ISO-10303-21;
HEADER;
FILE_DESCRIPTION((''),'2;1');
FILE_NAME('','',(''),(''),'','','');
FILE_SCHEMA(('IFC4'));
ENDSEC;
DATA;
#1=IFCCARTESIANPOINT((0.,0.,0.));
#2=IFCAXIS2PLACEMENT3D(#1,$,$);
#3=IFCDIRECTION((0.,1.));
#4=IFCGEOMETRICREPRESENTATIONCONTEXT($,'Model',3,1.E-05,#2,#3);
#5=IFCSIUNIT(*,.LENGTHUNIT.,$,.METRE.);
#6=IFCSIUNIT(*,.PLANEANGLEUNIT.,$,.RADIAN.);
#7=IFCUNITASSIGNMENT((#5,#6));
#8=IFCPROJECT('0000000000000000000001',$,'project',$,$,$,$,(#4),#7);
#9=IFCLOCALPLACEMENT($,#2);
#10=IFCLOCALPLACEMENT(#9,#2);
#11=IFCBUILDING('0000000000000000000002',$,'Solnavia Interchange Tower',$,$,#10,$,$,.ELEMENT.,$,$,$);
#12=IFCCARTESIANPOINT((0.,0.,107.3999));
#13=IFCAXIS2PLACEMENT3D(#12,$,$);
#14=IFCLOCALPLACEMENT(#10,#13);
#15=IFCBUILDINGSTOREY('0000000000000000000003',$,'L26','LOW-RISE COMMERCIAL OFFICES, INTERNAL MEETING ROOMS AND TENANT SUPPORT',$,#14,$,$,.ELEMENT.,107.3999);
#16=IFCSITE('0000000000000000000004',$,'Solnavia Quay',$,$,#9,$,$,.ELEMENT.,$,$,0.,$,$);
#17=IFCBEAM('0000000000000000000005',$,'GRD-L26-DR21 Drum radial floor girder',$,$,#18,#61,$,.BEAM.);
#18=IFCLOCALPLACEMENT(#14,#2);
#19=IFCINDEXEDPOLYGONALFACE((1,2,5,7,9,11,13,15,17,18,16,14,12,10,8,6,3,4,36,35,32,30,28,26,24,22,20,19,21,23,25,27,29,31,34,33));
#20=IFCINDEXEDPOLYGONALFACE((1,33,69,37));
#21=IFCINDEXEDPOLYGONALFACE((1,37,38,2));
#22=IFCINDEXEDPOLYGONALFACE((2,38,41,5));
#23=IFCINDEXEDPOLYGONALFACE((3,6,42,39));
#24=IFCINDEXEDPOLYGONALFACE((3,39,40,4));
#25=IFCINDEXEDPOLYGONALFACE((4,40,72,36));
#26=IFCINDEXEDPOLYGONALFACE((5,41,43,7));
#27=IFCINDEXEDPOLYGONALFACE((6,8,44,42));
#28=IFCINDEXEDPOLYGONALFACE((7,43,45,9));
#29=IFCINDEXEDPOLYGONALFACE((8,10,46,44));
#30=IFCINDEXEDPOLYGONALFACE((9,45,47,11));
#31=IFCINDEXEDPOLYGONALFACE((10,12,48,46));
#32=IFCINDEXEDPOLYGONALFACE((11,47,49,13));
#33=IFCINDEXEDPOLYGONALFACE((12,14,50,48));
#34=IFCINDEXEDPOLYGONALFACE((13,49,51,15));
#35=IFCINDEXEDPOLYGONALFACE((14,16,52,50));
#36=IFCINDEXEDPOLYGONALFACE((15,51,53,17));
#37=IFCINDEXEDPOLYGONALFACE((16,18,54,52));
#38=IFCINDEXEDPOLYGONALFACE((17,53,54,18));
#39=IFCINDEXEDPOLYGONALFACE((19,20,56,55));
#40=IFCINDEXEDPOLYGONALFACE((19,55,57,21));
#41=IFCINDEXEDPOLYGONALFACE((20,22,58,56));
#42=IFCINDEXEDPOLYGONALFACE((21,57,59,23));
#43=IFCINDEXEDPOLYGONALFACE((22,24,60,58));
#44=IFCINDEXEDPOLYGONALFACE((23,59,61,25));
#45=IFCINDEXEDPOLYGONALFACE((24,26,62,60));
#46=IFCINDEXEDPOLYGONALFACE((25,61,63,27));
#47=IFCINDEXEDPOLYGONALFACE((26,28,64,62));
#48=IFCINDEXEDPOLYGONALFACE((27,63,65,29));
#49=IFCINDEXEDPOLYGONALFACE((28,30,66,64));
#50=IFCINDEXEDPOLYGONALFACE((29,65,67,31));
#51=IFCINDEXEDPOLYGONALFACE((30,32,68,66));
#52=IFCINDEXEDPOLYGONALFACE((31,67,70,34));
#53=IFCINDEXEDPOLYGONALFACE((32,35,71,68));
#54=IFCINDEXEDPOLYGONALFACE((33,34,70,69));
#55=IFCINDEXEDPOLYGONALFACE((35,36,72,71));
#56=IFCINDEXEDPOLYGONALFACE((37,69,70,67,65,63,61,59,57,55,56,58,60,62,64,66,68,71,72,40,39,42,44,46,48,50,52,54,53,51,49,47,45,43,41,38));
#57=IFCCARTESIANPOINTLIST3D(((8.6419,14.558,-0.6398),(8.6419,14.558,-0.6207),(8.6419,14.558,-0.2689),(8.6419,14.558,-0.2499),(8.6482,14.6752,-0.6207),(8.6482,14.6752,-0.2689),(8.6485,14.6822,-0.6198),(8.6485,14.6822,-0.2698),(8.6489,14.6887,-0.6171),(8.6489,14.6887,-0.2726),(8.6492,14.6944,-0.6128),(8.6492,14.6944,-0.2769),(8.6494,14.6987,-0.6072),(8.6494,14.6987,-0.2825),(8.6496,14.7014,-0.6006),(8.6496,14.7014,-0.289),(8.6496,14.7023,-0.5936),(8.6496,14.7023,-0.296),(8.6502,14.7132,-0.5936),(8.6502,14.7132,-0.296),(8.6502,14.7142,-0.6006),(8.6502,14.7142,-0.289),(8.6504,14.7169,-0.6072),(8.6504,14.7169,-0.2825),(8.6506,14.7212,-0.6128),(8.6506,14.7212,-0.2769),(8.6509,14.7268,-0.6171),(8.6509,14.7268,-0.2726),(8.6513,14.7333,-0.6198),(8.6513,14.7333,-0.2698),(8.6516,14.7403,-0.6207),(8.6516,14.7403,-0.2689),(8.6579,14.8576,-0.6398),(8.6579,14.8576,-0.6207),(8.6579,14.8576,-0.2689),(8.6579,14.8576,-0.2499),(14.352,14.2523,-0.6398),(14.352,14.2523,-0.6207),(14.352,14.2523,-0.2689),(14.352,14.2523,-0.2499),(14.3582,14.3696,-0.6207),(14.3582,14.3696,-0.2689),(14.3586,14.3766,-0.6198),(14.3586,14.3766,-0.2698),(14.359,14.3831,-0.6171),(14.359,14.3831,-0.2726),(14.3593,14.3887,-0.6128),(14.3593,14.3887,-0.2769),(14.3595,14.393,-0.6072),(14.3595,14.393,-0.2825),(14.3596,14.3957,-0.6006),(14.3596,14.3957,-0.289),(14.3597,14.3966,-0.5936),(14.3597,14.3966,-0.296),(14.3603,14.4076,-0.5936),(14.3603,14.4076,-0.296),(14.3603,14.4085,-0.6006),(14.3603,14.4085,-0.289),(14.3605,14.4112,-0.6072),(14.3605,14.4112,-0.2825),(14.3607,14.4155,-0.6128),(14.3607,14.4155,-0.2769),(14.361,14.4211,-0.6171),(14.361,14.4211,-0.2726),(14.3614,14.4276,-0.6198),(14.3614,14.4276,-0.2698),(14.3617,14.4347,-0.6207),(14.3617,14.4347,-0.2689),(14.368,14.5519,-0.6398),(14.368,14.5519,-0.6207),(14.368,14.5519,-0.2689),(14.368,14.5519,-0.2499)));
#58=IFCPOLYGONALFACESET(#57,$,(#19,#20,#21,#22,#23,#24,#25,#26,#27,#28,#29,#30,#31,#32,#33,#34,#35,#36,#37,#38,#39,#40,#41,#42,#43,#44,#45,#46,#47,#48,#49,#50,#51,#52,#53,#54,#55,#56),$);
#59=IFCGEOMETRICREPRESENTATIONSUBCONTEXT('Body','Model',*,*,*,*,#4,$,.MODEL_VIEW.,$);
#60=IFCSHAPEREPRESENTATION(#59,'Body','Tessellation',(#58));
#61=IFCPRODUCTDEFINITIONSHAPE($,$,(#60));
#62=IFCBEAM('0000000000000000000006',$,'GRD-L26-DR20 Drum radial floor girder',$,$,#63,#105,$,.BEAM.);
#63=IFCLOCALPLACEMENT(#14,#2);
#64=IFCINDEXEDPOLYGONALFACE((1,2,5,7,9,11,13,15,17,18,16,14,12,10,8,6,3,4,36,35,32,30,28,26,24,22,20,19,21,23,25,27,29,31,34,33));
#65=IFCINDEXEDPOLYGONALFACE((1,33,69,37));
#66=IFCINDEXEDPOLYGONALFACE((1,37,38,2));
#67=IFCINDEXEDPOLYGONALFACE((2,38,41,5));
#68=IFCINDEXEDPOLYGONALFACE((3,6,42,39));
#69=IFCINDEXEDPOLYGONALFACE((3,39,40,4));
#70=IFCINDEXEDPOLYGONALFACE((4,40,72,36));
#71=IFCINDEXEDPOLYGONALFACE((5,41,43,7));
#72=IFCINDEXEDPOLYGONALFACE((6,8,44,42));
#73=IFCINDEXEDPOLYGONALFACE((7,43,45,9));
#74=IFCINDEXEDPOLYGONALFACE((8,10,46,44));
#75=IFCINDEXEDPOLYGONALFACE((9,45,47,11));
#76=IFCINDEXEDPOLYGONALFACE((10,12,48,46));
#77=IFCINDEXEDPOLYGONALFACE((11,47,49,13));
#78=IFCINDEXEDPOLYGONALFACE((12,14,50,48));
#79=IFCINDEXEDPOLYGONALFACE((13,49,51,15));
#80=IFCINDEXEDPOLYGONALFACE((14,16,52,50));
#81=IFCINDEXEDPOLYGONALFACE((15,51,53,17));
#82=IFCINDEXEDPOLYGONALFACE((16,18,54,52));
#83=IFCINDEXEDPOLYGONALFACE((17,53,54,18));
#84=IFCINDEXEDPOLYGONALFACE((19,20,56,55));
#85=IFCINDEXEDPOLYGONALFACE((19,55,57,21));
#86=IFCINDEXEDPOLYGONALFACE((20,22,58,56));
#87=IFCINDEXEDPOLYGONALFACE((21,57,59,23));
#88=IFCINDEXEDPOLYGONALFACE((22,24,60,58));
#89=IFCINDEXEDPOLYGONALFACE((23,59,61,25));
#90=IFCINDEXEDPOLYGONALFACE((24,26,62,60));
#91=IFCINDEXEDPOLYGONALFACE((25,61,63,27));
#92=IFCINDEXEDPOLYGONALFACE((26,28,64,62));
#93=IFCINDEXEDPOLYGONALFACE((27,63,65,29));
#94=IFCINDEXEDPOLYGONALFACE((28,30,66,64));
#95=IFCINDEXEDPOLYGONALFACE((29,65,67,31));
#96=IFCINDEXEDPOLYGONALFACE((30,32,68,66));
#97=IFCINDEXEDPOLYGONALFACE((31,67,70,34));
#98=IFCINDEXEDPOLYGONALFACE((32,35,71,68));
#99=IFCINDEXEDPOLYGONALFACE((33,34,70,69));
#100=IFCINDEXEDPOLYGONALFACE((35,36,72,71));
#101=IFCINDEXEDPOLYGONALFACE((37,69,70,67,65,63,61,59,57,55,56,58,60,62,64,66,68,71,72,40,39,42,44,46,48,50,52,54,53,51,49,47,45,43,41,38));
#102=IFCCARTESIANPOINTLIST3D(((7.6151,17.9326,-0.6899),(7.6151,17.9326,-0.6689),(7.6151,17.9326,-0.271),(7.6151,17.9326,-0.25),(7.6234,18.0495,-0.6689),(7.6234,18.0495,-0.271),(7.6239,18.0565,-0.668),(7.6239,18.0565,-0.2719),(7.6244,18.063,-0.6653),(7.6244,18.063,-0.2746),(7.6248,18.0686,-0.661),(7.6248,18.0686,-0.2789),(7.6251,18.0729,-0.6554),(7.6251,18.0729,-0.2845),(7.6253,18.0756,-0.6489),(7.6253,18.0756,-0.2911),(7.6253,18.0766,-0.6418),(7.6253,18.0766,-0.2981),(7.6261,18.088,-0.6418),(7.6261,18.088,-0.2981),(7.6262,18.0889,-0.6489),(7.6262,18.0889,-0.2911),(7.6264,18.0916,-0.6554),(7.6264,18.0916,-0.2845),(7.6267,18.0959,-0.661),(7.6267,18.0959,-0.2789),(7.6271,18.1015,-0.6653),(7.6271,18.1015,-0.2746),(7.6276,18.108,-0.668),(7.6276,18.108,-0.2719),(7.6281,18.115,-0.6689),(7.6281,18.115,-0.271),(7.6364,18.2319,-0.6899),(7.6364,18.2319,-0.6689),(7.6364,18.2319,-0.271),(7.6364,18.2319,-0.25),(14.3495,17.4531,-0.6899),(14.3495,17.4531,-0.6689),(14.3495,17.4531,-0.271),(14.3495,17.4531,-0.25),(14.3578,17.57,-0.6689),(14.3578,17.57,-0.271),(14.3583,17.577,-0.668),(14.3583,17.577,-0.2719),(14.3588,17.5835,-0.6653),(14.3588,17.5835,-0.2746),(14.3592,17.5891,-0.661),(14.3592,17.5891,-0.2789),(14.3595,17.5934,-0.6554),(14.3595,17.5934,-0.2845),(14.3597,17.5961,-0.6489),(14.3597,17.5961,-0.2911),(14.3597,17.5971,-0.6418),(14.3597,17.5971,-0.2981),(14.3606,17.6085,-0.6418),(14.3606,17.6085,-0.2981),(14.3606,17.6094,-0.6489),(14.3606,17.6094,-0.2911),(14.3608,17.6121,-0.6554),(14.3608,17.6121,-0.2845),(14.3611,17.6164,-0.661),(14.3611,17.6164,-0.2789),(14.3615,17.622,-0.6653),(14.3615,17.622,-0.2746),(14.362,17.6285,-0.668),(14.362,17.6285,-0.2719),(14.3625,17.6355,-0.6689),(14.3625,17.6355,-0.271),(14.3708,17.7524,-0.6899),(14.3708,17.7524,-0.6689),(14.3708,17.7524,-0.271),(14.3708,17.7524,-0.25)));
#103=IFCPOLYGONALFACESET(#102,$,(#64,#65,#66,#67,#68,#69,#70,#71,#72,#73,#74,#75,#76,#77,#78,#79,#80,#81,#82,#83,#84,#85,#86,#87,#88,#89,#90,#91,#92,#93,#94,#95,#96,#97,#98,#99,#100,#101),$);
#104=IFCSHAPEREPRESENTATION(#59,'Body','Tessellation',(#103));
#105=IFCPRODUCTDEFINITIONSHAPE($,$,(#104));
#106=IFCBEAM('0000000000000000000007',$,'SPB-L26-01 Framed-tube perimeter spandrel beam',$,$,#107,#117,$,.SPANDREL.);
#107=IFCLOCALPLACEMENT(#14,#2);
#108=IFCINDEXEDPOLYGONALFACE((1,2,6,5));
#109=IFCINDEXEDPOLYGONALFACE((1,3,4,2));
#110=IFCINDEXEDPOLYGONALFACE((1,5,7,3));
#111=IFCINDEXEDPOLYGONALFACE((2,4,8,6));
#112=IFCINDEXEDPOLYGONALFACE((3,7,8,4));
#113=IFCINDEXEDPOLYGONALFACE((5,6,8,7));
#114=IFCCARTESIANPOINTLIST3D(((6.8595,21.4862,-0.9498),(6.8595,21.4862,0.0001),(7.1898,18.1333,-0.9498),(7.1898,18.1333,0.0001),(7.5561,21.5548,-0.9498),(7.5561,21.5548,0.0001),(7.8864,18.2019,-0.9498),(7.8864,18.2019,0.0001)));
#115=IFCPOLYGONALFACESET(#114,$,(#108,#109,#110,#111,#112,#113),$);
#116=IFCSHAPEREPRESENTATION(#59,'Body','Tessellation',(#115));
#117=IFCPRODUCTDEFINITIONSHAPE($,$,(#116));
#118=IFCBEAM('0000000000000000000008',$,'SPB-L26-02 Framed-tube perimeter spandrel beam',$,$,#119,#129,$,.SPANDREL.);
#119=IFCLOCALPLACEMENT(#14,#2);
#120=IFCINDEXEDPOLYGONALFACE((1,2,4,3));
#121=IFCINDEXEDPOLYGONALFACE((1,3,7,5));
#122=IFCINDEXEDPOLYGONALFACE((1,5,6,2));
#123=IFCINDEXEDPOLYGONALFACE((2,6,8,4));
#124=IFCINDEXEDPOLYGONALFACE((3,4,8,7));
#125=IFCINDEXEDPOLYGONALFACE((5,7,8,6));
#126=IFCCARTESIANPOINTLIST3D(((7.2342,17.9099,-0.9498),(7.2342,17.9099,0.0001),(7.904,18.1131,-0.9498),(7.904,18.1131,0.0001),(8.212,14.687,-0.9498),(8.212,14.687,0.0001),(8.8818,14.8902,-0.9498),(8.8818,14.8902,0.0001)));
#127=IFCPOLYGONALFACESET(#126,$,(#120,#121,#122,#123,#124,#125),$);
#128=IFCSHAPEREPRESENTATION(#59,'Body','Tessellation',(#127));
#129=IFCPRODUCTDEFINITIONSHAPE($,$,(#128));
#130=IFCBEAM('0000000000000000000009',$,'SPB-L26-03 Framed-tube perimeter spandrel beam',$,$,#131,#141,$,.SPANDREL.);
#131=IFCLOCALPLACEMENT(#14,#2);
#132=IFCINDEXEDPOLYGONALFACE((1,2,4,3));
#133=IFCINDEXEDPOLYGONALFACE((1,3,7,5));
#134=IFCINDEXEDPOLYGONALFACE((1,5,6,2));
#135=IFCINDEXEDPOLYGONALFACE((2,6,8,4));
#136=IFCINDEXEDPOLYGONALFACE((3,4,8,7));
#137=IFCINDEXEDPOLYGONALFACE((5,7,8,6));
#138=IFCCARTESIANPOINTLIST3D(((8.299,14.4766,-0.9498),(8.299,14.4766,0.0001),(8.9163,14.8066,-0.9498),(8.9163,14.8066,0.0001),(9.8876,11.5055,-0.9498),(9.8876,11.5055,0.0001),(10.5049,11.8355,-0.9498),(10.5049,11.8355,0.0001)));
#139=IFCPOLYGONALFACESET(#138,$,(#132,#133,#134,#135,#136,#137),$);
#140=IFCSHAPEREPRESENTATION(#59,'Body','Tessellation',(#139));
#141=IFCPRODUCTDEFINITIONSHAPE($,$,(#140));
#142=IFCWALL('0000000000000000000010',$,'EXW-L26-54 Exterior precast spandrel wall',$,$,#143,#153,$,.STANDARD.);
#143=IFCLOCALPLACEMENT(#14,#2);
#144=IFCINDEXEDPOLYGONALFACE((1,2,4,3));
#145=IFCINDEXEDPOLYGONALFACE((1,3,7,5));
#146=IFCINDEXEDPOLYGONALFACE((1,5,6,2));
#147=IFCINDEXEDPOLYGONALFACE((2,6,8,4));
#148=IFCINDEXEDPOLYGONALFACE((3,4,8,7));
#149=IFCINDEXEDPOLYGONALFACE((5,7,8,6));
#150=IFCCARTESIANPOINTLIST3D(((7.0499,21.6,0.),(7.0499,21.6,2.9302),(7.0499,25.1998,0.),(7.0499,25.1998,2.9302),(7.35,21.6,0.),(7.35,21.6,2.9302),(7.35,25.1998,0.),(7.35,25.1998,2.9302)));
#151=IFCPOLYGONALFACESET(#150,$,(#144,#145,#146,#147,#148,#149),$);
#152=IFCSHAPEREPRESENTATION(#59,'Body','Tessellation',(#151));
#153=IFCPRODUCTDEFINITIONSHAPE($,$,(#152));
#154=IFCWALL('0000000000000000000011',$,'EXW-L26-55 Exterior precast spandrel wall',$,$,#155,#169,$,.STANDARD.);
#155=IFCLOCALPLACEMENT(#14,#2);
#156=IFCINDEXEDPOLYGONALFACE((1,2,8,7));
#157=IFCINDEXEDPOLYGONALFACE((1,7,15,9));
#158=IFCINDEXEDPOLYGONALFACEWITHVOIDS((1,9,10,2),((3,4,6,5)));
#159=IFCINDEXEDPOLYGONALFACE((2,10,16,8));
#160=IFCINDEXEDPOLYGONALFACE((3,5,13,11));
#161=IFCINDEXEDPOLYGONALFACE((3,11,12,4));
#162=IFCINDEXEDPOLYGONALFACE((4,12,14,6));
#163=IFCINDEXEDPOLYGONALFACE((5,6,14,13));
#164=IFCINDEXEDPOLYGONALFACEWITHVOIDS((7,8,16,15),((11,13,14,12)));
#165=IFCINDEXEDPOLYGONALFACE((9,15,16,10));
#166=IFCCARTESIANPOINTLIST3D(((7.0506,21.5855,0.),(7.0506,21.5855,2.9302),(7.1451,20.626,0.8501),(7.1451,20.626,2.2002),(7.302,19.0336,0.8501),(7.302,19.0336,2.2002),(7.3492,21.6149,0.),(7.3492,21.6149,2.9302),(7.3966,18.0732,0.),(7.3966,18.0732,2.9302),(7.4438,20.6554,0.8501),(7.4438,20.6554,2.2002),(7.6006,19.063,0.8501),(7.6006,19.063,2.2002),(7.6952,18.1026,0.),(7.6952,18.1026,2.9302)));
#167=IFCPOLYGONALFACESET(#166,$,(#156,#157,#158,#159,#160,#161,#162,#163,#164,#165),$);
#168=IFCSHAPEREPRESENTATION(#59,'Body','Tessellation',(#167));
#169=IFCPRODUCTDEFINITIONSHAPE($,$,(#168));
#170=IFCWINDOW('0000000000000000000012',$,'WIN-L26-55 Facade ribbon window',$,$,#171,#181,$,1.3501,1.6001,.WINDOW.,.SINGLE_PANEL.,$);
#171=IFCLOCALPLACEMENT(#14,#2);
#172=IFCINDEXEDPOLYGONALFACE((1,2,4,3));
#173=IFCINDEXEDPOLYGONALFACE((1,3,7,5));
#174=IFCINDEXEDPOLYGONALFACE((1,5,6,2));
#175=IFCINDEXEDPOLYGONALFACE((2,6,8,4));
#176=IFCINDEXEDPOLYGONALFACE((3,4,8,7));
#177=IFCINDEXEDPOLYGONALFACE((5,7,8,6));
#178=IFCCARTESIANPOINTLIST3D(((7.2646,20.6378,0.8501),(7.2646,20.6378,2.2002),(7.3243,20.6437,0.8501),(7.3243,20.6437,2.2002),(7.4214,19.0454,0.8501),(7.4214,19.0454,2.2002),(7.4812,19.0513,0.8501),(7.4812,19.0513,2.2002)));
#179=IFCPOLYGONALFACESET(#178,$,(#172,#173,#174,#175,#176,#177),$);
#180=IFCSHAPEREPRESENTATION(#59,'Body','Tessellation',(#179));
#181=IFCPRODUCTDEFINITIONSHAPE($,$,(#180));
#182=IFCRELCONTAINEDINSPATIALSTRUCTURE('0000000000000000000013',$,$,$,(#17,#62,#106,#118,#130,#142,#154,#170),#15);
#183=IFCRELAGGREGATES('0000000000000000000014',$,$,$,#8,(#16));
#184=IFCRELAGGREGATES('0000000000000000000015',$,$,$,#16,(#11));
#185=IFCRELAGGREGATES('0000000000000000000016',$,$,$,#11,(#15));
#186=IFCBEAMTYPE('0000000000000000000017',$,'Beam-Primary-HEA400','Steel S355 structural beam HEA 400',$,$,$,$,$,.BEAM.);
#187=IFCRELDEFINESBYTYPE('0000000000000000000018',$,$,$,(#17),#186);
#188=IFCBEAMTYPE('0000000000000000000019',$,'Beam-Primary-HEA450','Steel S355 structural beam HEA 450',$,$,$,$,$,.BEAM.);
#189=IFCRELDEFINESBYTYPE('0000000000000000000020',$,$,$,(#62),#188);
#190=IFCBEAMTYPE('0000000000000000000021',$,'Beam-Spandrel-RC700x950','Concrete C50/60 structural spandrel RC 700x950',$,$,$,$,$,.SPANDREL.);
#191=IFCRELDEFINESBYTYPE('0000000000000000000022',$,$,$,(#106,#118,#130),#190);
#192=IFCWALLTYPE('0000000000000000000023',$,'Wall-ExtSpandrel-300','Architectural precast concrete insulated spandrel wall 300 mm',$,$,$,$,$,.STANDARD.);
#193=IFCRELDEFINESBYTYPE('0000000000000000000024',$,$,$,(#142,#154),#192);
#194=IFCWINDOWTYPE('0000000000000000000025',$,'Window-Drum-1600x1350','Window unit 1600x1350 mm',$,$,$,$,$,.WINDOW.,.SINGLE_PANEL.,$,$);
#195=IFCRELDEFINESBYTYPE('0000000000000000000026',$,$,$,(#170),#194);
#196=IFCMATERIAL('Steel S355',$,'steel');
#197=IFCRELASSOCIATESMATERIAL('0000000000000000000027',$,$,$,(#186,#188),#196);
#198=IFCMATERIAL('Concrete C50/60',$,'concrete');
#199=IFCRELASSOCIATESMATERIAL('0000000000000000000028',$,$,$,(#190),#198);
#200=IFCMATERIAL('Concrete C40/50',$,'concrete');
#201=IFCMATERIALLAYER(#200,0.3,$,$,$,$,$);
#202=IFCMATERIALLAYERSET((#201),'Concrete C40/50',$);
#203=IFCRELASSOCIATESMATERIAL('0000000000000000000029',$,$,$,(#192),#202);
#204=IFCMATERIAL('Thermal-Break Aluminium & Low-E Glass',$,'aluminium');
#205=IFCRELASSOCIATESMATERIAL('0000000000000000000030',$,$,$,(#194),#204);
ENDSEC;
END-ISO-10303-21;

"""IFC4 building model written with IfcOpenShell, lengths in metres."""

from ifc_helpers import new_model, si_unit, direction, frame, frame_2d, origin, origin_2d, place, context, subcontext, project, spatial, rectangle, i_section, extrude, material, layer, layer_set, material_profile, profile_set, type_object, element, fill, save


model = new_model("IFC4")

# Units and contexts
model_context = context("Model", 3, precision=1e-05, world=origin(), true_north=direction((0.0, 1.0)))
body_context = subcontext(model_context, "Body", "Model", "MODEL_VIEW")
ifc_project = project(units=[si_unit("LENGTHUNIT", "METRE"), si_unit("PLANEANGLEUNIT", "RADIAN")], contexts=[model_context])

# Site, building, storey
site_placement = place(None, origin())
site = spatial("IfcSite", under=ifc_project, at=site_placement, Name="Solnavia Quay", CompositionType="ELEMENT", RefElevation=0.0)
building_placement = place(site_placement, origin())
building = spatial("IfcBuilding", under=site, at=building_placement, Name="Solnavia Interchange Tower", CompositionType="ELEMENT")
storey_placement = place(building_placement, frame((0.0, 0.0, 107.3999)))
storey = spatial("IfcBuildingStorey", under=building, at=storey_placement, Name="L26", Description="LOW-RISE COMMERCIAL OFFICES, INTERNAL MEETING ROOMS AND TENANT SUPPORT", CompositionType="ELEMENT", Elevation=107.3999)

# Beams
ifc_material_1 = material(Name="Concrete C50/60", Category="concrete")
ifc_material_2 = material(Name="Steel S355", Category="steel")
ifc_material_profile_1 = material_profile(ifc_material_2, i_section(OverallWidth=0.3, OverallDepth=0.3899, WebThickness=0.011, FlangeThickness=0.019, FilletRadius=0.0271, at=origin_2d()), Name="HEA 400")
ifc_profile_set_1 = profile_set([ifc_material_profile_1], Name="Steel S355")
beam_type_1 = type_object("IfcBeamType", Name="Beam-Primary-HEA400", Description="Steel S355 structural beam HEA 400", PredefinedType="BEAM", material=ifc_profile_set_1)
beam_1_placement = place(storey_placement, frame((8.6499, 14.7078, -0.4448), z_axis=(0.99857, -0.053453, 0.0), x_axis=(0.053453, 0.99857, 0.0)))
element("IfcBeam", 1, at=beam_1_placement, inside=storey, type_object=beam_type_1, Name="GRD-L26-DR21 Drum radial floor girder", PredefinedType="BEAM", context=body_context, shape_type="SweptSolid", body=[
    extrude(i_section(OverallWidth=0.3, OverallDepth=0.3899, WebThickness=0.011, FlangeThickness=0.019, FilletRadius=0.0271, at=origin_2d()), origin(), (0.0, 0.0, 1.0), 5.7183),
])
ifc_material_profile_2 = material_profile(ifc_material_2, i_section(OverallWidth=0.3, OverallDepth=0.4399, WebThickness=0.0115, FlangeThickness=0.021, FilletRadius=0.0271, at=origin_2d()), Name="HEA 450")
ifc_profile_set_2 = profile_set([ifc_material_profile_2], Name="Steel S355")
beam_type_2 = type_object("IfcBeamType", Name="Beam-Primary-HEA450", Description="Steel S355 structural beam HEA 450", PredefinedType="BEAM", material=ifc_profile_set_2)
beam_2_placement = place(storey_placement, frame((7.6257, 18.0823, -0.47), z_axis=(0.997475, -0.071021, 0.0), x_axis=(0.071021, 0.997475, 0.0)))
element("IfcBeam", 2, at=beam_2_placement, inside=storey, type_object=beam_type_2, Name="GRD-L26-DR20 Drum radial floor girder", PredefinedType="BEAM", context=body_context, shape_type="SweptSolid", body=[
    extrude(i_section(OverallWidth=0.3, OverallDepth=0.4399, WebThickness=0.0115, FlangeThickness=0.021, FilletRadius=0.0271, at=origin_2d()), origin(), (0.0, 0.0, 1.0), 6.7515),
])
ifc_material_profile_3 = material_profile(ifc_material_1, rectangle(XDim=0.7, YDim=0.95, at=origin_2d()), Name="RC 700x950")
ifc_profile_set_3 = profile_set([ifc_material_profile_3], Name="Concrete C50/60")
beam_type_3 = type_object("IfcBeamType", Name="Beam-Spandrel-RC700x950", Description="Concrete C50/60 structural spandrel RC 700x950", PredefinedType="SPANDREL", material=ifc_profile_set_3)
beam_3_placement = place(storey_placement, frame((7.2078, 21.5205, -0.4749), z_axis=(0.09804, -0.995182, 0.0), x_axis=(0.995182, 0.09804, 0.0)))
element("IfcBeam", 3, at=beam_3_placement, inside=storey, type_object=beam_type_3, Name="SPB-L26-01 Framed-tube perimeter spandrel beam", PredefinedType="SPANDREL", context=body_context, shape_type="SweptSolid", body=[
    extrude(rectangle(XDim=0.7, YDim=0.95, at=origin_2d()), origin(), (0.0, 0.0, 1.0), 3.3691),
])
beam_4_placement = place(storey_placement, frame((7.5691, 18.0115, -0.4749), z_axis=(0.290319, -0.95693, 0.0), x_axis=(0.95693, 0.290319, 0.0)))
element("IfcBeam", 4, at=beam_4_placement, inside=storey, type_object=beam_type_3, Name="SPB-L26-02 Framed-tube perimeter spandrel beam", PredefinedType="SPANDREL", context=body_context, shape_type="SweptSolid", body=[
    extrude(rectangle(XDim=0.7, YDim=0.95, at=origin_2d()), origin(), (0.0, 0.0, 1.0), 3.3679),
])
beam_5_placement = place(storey_placement, frame((8.6077, 14.6416, -0.4749), z_axis=(0.471509, -0.881861, 0.0), x_axis=(0.881861, 0.471509, 0.0)))
element("IfcBeam", 5, at=beam_5_placement, inside=storey, type_object=beam_type_3, Name="SPB-L26-03 Framed-tube perimeter spandrel beam", PredefinedType="SPANDREL", context=body_context, shape_type="SweptSolid", body=[
    extrude(rectangle(XDim=0.7, YDim=0.95, at=origin_2d()), origin(), (0.0, 0.0, 1.0), 3.3691),
])

# Wall
ifc_material_3 = material(Name="Concrete C40/50", Category="concrete")
ifc_layer_1 = layer(ifc_material_3, 0.3)
ifc_layer_set_1 = layer_set([ifc_layer_1], Name="Concrete C40/50")
wall_type_1 = type_object("IfcWallType", Name="Wall-ExtSpandrel-300", Description="Architectural precast concrete insulated spandrel wall 300 mm", PredefinedType="STANDARD", material=ifc_layer_set_1)
wall_1_placement = place(storey_placement, frame((7.2, 21.6001, 0.0), z_axis=(0.0, 0.0, 1.0), x_axis=(0.0, 1.0, 0.0)))
element("IfcWall", 6, at=wall_1_placement, inside=storey, type_object=wall_type_1, Name="EXW-L26-54 Exterior precast spandrel wall", PredefinedType="STANDARD", context=body_context, shape_type="SweptSolid", body=[
    extrude(rectangle(XDim=3.5999, YDim=0.3, at=frame_2d((1.7998, 0.0))), origin(), (0.0, 0.0, 1.0), 2.9302),
])

# Wall, opening, window
wall_2_placement = place(storey_placement, frame((7.5459, 18.0879, 0.0), z_axis=(0.0, 0.0, 1.0), x_axis=(-0.098024, 0.995184, 0.0)))
wall_2 = element("IfcWall", 7, at=wall_2_placement, inside=storey, type_object=wall_type_1, Name="EXW-L26-55 Exterior precast spandrel wall", PredefinedType="STANDARD", context=body_context, shape_type="SweptSolid", body=[
    extrude(rectangle(XDim=3.5293, YDim=0.3, at=frame_2d((1.7646, 0.0))), origin(), (0.0, 0.0, 1.0), 2.9302),
])
opening_1_placement = place(wall_2_placement, frame((0.9651, 0.0, 0.8501)))
opening_1 = element("IfcOpeningElement", 8, at=opening_1_placement, cuts=wall_2, PredefinedType="OPENING", context=body_context, shape_type="SweptSolid", body=[
    extrude(rectangle(XDim=1.6001, YDim=1.3501, at=frame_2d((0.8, 0.675))), frame((0.0, 0.1602, 0.0), z_axis=(0.0, -1.0, 0.0), x_axis=(1.0, 0.0, 0.0)), (0.0, 0.0, 1.0), 0.3201),
])
ifc_material_4 = material(Name="Thermal-Break Aluminium & Low-E Glass", Category="aluminium")
window_type = type_object("IfcWindowType", Name="Window-Drum-1600x1350", Description="Window unit 1600x1350 mm", PartitioningType="SINGLE_PANEL", PredefinedType="WINDOW", material=ifc_material_4)
window_1_placement = place(opening_1_placement, origin())
window_1 = element("IfcWindow", 9, at=window_1_placement, inside=storey, type_object=window_type, Name="WIN-L26-55 Facade ribbon window", OverallHeight=1.3501, OverallWidth=1.6001, PartitioningType="SINGLE_PANEL", PredefinedType="WINDOW", context=body_context, shape_type="SweptSolid", body=[
    extrude(rectangle(XDim=1.6001, YDim=1.3501, at=frame_2d((0.8, 0.675))), frame((0.0, 0.03, 0.0), z_axis=(0.0, -1.0, 0.0), x_axis=(1.0, 0.0, 0.0)), (0.0, 0.0, 1.0), 0.0601),
])
fill(opening_1, window_1)

save(model, "model.ifc")
